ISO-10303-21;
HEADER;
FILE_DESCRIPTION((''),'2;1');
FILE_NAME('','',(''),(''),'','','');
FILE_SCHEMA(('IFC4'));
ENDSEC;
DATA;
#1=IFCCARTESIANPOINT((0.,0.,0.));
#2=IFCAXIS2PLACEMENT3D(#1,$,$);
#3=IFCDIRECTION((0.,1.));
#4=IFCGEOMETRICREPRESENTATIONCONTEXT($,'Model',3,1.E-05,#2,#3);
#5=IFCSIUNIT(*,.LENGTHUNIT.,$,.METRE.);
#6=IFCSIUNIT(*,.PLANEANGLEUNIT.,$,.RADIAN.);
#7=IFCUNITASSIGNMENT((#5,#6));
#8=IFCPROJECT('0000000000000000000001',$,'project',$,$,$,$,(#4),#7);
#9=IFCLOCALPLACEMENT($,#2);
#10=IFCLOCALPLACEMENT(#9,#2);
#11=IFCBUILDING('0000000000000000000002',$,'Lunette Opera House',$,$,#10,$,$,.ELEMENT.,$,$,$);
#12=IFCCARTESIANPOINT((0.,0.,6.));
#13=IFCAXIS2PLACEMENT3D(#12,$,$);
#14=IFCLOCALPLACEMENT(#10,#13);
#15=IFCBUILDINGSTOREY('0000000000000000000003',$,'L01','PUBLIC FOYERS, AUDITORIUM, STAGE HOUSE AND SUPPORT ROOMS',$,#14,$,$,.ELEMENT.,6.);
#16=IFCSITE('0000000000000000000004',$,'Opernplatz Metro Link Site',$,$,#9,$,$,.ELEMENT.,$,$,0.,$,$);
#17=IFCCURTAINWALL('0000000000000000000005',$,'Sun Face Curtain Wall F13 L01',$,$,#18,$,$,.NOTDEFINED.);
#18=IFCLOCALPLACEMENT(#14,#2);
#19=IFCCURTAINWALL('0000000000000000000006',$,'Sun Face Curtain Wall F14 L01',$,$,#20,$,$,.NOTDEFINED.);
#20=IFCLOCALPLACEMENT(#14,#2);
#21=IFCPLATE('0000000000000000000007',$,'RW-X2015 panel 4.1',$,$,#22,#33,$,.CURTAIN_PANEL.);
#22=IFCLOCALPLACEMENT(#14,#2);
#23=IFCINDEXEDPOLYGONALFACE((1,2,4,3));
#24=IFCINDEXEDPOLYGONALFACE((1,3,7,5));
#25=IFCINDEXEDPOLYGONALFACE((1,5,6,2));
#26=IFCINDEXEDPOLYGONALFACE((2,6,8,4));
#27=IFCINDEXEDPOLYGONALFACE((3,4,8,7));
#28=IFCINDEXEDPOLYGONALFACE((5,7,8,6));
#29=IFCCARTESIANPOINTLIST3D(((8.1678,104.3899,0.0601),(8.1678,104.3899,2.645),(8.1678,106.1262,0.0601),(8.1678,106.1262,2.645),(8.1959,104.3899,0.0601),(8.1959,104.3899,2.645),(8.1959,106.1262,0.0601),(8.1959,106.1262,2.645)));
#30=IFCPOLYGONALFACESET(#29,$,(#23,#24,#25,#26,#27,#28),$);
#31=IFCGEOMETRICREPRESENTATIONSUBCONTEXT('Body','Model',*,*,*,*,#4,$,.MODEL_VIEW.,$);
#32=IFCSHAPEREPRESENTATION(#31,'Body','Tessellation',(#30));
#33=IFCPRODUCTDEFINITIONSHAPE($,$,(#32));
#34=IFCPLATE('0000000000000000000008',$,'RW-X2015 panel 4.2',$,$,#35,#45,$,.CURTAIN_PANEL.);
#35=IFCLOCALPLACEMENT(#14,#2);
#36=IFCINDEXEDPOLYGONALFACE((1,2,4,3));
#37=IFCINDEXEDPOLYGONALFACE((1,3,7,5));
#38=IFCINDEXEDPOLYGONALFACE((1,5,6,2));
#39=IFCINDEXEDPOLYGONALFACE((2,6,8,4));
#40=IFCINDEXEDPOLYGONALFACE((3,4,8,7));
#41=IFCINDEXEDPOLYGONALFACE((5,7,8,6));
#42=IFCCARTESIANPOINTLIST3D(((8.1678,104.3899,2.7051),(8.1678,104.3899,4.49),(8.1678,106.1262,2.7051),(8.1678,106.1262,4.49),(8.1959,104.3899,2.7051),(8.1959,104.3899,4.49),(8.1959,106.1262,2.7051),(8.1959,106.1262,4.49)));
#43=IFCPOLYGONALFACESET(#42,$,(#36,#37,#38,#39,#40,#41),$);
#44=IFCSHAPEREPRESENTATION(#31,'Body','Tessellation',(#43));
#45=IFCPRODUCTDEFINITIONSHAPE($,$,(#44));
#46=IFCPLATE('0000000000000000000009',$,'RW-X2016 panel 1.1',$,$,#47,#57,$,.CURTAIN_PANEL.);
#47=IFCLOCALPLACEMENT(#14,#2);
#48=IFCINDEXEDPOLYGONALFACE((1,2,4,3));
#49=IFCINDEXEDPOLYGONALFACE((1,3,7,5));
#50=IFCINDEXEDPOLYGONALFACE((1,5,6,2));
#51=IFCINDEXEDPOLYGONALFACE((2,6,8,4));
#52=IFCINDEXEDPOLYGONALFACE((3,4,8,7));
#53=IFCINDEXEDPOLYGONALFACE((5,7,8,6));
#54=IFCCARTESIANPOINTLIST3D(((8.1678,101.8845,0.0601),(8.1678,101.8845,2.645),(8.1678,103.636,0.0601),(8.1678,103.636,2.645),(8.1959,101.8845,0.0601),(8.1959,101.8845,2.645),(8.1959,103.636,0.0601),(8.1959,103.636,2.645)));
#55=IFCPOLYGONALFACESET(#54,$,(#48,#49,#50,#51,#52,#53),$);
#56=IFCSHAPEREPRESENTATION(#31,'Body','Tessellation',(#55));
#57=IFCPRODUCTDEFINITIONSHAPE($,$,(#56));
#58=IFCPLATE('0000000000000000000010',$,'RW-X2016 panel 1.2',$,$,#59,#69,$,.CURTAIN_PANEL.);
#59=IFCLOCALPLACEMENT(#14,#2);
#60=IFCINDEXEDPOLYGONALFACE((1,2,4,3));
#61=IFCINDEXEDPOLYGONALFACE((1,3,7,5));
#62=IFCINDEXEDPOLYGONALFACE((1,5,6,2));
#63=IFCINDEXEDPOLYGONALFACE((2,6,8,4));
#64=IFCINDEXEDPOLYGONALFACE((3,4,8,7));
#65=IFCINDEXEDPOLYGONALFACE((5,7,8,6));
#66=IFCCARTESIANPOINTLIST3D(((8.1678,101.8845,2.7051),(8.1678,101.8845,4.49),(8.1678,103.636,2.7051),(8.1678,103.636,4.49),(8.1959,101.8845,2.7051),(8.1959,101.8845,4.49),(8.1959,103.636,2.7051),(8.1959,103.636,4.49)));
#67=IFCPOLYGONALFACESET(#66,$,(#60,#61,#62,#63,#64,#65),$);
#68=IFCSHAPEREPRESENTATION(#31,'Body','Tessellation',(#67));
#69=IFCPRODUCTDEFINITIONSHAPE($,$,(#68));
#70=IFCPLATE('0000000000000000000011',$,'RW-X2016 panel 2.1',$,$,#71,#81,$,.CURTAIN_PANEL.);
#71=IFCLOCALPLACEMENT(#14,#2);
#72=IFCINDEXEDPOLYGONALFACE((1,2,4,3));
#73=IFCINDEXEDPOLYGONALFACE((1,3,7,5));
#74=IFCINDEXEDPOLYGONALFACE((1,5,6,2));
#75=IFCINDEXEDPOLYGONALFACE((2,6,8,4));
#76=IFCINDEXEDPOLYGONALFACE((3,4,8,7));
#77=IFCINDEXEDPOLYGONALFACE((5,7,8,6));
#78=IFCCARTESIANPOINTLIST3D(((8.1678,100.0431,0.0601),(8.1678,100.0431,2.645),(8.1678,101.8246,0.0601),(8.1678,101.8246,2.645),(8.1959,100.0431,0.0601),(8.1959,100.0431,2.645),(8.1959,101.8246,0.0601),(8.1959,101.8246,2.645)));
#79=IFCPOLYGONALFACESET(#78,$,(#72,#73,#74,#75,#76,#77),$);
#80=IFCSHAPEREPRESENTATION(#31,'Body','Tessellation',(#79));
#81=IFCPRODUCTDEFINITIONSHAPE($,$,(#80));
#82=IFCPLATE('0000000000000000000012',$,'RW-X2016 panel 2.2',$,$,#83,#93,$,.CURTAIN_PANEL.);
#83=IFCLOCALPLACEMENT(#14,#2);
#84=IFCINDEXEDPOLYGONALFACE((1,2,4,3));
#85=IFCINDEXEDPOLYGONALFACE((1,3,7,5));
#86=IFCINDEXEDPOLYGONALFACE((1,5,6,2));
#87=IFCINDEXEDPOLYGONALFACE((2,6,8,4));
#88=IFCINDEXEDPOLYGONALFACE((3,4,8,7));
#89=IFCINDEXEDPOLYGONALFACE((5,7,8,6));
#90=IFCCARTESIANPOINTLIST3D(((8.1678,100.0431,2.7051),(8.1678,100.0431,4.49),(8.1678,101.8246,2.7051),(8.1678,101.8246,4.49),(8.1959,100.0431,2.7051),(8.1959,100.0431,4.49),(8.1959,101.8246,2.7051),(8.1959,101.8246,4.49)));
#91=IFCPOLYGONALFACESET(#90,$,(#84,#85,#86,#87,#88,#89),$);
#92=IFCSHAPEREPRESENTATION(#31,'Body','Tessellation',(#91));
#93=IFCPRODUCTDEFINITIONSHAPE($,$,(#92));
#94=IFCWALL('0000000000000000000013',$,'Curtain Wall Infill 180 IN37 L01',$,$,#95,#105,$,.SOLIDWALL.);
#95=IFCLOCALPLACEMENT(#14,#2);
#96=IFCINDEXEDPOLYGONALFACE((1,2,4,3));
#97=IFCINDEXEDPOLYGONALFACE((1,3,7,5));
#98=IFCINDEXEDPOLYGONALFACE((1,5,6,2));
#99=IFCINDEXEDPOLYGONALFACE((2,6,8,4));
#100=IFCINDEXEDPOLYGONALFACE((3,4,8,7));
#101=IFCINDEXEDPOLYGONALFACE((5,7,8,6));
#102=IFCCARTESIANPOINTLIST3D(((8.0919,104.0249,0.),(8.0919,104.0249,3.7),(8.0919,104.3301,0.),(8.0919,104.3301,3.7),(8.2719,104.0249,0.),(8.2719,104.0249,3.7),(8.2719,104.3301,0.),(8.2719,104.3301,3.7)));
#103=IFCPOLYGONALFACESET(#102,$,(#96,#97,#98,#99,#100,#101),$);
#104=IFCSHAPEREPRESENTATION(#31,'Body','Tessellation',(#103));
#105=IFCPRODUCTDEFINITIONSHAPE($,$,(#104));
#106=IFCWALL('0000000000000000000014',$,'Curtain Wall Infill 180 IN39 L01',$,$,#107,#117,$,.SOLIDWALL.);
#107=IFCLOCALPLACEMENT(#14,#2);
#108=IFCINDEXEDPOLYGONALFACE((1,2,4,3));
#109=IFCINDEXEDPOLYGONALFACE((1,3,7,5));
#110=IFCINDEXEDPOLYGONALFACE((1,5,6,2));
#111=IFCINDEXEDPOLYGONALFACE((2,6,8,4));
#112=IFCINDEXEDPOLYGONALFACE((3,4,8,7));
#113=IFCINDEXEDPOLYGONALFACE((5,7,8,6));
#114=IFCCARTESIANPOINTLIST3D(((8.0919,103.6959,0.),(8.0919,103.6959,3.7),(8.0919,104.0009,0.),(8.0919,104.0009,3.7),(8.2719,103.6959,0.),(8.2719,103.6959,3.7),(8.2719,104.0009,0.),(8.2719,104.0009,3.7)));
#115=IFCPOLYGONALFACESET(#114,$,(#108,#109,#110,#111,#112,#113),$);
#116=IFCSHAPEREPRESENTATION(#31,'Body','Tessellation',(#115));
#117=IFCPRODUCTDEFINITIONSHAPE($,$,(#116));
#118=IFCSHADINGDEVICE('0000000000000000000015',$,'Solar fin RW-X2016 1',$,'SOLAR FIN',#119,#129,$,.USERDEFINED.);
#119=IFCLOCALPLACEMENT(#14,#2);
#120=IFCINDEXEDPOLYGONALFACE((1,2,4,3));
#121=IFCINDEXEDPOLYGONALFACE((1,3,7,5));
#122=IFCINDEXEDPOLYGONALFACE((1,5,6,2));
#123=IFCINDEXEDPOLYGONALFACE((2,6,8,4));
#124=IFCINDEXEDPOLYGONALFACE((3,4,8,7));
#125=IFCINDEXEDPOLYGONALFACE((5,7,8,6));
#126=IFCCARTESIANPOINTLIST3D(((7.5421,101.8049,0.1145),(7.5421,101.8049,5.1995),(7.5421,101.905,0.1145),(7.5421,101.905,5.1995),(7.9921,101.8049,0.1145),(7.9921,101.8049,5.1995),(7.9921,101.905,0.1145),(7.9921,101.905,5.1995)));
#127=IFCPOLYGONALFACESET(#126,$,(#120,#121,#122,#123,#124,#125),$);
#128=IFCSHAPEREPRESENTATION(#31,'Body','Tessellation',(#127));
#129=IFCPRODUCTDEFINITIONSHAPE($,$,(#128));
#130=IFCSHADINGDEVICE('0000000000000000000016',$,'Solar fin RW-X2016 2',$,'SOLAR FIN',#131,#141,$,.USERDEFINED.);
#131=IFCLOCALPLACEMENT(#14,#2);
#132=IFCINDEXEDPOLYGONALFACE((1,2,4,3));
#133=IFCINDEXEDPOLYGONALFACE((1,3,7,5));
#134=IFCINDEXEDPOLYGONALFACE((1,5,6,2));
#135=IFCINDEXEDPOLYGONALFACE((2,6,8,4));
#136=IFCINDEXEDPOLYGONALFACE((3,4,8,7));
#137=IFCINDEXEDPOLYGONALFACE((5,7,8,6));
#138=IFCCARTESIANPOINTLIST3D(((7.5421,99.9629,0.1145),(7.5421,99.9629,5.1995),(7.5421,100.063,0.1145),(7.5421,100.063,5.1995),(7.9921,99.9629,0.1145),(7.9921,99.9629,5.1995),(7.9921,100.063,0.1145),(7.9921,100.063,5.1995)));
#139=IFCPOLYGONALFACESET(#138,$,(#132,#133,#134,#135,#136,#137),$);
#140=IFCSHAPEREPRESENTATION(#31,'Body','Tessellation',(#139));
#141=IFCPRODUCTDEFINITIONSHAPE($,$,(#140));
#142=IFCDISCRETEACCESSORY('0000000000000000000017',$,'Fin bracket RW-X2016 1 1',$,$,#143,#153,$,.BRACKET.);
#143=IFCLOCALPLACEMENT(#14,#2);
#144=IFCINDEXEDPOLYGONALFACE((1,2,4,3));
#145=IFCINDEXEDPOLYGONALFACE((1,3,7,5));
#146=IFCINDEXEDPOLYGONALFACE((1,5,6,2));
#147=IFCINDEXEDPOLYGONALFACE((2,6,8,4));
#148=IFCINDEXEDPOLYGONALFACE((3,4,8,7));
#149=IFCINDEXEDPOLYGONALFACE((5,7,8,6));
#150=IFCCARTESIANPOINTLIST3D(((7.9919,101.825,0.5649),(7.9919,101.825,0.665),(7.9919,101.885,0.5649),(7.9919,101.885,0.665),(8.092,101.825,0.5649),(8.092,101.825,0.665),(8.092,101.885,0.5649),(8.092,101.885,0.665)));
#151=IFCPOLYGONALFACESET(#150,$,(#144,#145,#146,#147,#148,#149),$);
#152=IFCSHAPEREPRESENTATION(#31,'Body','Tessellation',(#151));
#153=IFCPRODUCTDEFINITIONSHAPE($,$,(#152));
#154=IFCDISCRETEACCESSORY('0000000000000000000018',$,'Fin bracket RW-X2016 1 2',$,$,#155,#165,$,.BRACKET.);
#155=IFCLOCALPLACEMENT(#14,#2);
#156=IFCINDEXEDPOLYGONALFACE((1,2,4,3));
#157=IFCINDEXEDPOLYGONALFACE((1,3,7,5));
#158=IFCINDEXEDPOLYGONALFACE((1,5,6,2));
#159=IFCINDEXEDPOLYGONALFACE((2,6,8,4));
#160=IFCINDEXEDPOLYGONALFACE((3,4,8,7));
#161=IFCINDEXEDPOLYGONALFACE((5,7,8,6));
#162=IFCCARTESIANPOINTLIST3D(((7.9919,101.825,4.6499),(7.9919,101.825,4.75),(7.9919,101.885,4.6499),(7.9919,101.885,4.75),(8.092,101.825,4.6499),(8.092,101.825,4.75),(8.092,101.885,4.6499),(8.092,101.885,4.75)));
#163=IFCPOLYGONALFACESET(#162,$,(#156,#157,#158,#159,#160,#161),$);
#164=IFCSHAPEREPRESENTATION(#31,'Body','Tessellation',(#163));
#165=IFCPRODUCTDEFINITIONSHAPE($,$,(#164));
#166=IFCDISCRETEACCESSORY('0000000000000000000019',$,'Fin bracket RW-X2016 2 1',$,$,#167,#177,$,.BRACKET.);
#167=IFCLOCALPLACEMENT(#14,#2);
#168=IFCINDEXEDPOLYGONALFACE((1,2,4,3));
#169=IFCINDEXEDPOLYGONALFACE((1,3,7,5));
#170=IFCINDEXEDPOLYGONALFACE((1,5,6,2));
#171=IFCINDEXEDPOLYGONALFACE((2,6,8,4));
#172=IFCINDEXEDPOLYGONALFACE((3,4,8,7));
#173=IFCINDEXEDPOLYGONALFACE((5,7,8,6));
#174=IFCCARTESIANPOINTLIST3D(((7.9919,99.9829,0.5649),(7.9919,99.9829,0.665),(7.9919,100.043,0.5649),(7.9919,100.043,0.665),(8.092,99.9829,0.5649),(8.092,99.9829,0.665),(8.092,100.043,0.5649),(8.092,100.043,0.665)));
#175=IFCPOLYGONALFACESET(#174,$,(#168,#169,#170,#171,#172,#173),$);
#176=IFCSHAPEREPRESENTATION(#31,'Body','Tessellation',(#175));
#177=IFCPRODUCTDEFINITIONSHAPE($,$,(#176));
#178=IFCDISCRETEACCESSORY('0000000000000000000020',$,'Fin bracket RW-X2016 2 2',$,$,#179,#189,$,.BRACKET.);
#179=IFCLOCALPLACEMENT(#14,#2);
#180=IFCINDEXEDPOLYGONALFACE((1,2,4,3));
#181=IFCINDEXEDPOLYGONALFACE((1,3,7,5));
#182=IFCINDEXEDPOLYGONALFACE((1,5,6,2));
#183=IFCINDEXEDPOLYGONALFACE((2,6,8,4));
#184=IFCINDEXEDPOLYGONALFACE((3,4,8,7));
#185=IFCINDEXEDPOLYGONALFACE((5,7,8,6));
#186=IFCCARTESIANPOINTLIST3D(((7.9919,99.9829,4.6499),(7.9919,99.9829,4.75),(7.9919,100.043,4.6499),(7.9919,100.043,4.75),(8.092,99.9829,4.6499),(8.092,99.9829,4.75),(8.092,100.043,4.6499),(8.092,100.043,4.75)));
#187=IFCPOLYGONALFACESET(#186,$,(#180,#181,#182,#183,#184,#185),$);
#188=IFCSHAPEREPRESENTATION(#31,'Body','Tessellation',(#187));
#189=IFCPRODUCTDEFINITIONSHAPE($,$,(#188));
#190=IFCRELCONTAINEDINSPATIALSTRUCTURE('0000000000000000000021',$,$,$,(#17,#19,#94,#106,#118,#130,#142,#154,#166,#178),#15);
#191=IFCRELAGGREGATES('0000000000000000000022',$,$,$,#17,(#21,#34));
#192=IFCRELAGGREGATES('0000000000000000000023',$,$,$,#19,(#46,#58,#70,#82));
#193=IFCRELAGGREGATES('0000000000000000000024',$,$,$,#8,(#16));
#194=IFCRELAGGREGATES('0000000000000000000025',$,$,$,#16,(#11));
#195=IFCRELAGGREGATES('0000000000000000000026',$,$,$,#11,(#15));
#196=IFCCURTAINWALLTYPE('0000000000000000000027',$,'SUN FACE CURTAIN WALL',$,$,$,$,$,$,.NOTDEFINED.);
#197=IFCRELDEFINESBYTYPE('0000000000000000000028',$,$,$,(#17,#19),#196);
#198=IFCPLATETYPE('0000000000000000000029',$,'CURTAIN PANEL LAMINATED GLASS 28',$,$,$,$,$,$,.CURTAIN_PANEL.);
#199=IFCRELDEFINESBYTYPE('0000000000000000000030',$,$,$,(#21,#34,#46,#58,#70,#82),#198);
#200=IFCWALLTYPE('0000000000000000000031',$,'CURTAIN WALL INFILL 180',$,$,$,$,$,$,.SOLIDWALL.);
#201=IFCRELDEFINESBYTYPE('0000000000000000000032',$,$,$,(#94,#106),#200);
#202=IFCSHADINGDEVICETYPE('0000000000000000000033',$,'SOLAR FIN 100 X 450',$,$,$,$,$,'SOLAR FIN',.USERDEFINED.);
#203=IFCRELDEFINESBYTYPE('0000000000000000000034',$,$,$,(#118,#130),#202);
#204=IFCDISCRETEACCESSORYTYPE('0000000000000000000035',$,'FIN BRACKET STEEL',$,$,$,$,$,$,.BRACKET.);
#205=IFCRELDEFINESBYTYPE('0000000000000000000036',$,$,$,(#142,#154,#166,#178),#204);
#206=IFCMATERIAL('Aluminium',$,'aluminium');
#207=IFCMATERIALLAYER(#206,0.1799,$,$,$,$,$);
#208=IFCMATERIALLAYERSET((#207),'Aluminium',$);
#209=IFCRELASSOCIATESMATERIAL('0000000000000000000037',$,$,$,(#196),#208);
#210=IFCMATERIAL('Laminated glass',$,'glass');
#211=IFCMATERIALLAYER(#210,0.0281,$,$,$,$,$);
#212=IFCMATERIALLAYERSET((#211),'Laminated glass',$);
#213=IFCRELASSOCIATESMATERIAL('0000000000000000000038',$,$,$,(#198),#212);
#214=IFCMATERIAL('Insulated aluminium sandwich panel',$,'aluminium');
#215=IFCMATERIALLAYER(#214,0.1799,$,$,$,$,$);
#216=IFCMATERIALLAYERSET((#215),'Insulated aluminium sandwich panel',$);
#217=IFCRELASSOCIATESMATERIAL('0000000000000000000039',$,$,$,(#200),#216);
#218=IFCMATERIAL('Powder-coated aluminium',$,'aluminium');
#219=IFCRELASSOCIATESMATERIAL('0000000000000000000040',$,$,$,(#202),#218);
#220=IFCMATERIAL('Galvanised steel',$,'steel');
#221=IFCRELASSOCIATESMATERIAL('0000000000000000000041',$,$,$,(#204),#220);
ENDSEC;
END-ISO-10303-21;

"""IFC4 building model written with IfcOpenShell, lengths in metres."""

from ifc_helpers import new_model, si_unit, direction, frame, frame_2d, origin, origin_2d, place, context, subcontext, project, spatial, rectangle, extrude, material, layer, layer_set, type_object, element, aggregate, save


model = new_model("IFC4")

# Units and contexts
model_context = context("Model", 3, precision=1e-05, world=origin(), true_north=direction((0.0, 1.0)))
body_context = subcontext(model_context, "Body", "Model", "MODEL_VIEW")
ifc_project = project(units=[si_unit("LENGTHUNIT", "METRE"), si_unit("PLANEANGLEUNIT", "RADIAN")], contexts=[model_context])

# Site, building, storey
site_placement = place(None, origin())
site = spatial("IfcSite", under=ifc_project, at=site_placement, Name="Opernplatz Metro Link Site", CompositionType="ELEMENT", RefElevation=0.0)
building_placement = place(site_placement, origin())
building = spatial("IfcBuilding", under=site, at=building_placement, Name="Lunette Opera House", CompositionType="ELEMENT")
storey_placement = place(building_placement, frame((0.0, 0.0, 6.0)))
storey = spatial("IfcBuildingStorey", under=building, at=storey_placement, Name="L01", Description="PUBLIC FOYERS, AUDITORIUM, STAGE HOUSE AND SUPPORT ROOMS", CompositionType="ELEMENT", Elevation=6.0)

# Curtain wall
ifc_material_1 = material(Name="Aluminium", Category="aluminium")
ifc_layer_1 = layer(ifc_material_1, 0.1799)
ifc_layer_set_1 = layer_set([ifc_layer_1], Name="Aluminium")
curtain_wall_type = type_object("IfcCurtainWallType", Name="SUN FACE CURTAIN WALL", PredefinedType="NOTDEFINED", material=ifc_layer_set_1)
curtain_wall_1_placement = place(storey_placement, origin())
curtain_wall_1 = element("IfcCurtainWall", 1, at=curtain_wall_1_placement, inside=storey, type_object=curtain_wall_type, Name="Sun Face Curtain Wall F13 L01", PredefinedType="NOTDEFINED")

# Curtain wall
curtain_wall_2_placement = place(storey_placement, origin())
curtain_wall_2 = element("IfcCurtainWall", 2, at=curtain_wall_2_placement, inside=storey, type_object=curtain_wall_type, Name="Sun Face Curtain Wall F14 L01", PredefinedType="NOTDEFINED")

# Plates
ifc_material_2 = material(Name="Laminated glass", Category="glass")
ifc_layer_2 = layer(ifc_material_2, 0.0281)
ifc_layer_set_2 = layer_set([ifc_layer_2], Name="Laminated glass")
plate_type = type_object("IfcPlateType", Name="CURTAIN PANEL LAMINATED GLASS 28", PredefinedType="CURTAIN_PANEL", material=ifc_layer_set_2)
plate_1_placement = place(storey_placement, frame((8.1819, 105.2581, 0.0601), z_axis=(0.0, 0.0, 1.0), x_axis=(0.0, -1.0, 0.0)))
plate_1 = element("IfcPlate", 3, at=plate_1_placement, type_object=plate_type, Name="RW-X2015 panel 4.1", PredefinedType="CURTAIN_PANEL", context=body_context, shape_type="SweptSolid", body=[
    extrude(rectangle(XDim=1.7363, YDim=0.0281, at=origin_2d()), origin(), (0.0, 0.0, 1.0), 2.585),
])
plate_2_placement = place(storey_placement, frame((8.1819, 105.2581, 2.7051), z_axis=(0.0, 0.0, 1.0), x_axis=(0.0, -1.0, 0.0)))
plate_2 = element("IfcPlate", 4, at=plate_2_placement, type_object=plate_type, Name="RW-X2015 panel 4.2", PredefinedType="CURTAIN_PANEL", context=body_context, shape_type="SweptSolid", body=[
    extrude(rectangle(XDim=1.7363, YDim=0.0281, at=origin_2d()), origin(), (0.0, 0.0, 1.0), 1.7849),
])
aggregate(curtain_wall_1, [plate_1, plate_2])
plate_3_placement = place(storey_placement, frame((8.1819, 102.7603, 0.0601), z_axis=(0.0, 0.0, 1.0), x_axis=(0.0, -1.0, 0.0)))
plate_3 = element("IfcPlate", 5, at=plate_3_placement, type_object=plate_type, Name="RW-X2016 panel 1.1", PredefinedType="CURTAIN_PANEL", context=body_context, shape_type="SweptSolid", body=[
    extrude(rectangle(XDim=1.7515, YDim=0.0281, at=origin_2d()), origin(), (0.0, 0.0, 1.0), 2.585),
])
plate_4_placement = place(storey_placement, frame((8.1819, 102.7603, 2.7051), z_axis=(0.0, 0.0, 1.0), x_axis=(0.0, -1.0, 0.0)))
plate_4 = element("IfcPlate", 6, at=plate_4_placement, type_object=plate_type, Name="RW-X2016 panel 1.2", PredefinedType="CURTAIN_PANEL", context=body_context, shape_type="SweptSolid", body=[
    extrude(rectangle(XDim=1.7515, YDim=0.0281, at=origin_2d()), origin(), (0.0, 0.0, 1.0), 1.7849),
])
plate_5_placement = place(storey_placement, frame((8.1819, 100.9338, 0.0601), z_axis=(0.0, 0.0, 1.0), x_axis=(0.0, -1.0, 0.0)))
plate_5 = element("IfcPlate", 7, at=plate_5_placement, type_object=plate_type, Name="RW-X2016 panel 2.1", PredefinedType="CURTAIN_PANEL", context=body_context, shape_type="SweptSolid", body=[
    extrude(rectangle(XDim=1.7815, YDim=0.0281, at=origin_2d()), origin(), (0.0, 0.0, 1.0), 2.585),
])
plate_6_placement = place(storey_placement, frame((8.1819, 100.9338, 2.7051), z_axis=(0.0, 0.0, 1.0), x_axis=(0.0, -1.0, 0.0)))
plate_6 = element("IfcPlate", 8, at=plate_6_placement, type_object=plate_type, Name="RW-X2016 panel 2.2", PredefinedType="CURTAIN_PANEL", context=body_context, shape_type="SweptSolid", body=[
    extrude(rectangle(XDim=1.7815, YDim=0.0281, at=origin_2d()), origin(), (0.0, 0.0, 1.0), 1.7849),
])
aggregate(curtain_wall_2, [plate_3, plate_4, plate_5, plate_6])

# Walls
ifc_material_3 = material(Name="Insulated aluminium sandwich panel", Category="aluminium")
ifc_layer_3 = layer(ifc_material_3, 0.1799)
ifc_layer_set_3 = layer_set([ifc_layer_3], Name="Insulated aluminium sandwich panel")
wall_type = type_object("IfcWallType", Name="CURTAIN WALL INFILL 180", PredefinedType="SOLIDWALL", material=ifc_layer_set_3)
wall_1_placement = place(storey_placement, frame((8.1819, 104.3301, 0.0), z_axis=(0.0, 0.0, 1.0), x_axis=(0.0, -1.0, 0.0)))
element("IfcWall", 9, at=wall_1_placement, inside=storey, type_object=wall_type, Name="Curtain Wall Infill 180 IN37 L01", PredefinedType="SOLIDWALL", context=body_context, shape_type="SweptSolid", body=[
    extrude(rectangle(XDim=0.3052, YDim=0.1799, at=frame_2d((0.1526, 0.0))), origin(), (0.0, 0.0, 1.0), 3.7),
])
wall_2_placement = place(storey_placement, frame((8.1819, 103.696, 0.0), z_axis=(0.0, 0.0, 1.0), x_axis=(0.0, 1.0, 0.0)))
element("IfcWall", 10, at=wall_2_placement, inside=storey, type_object=wall_type, Name="Curtain Wall Infill 180 IN39 L01", PredefinedType="SOLIDWALL", context=body_context, shape_type="SweptSolid", body=[
    extrude(rectangle(XDim=0.3049, YDim=0.1799, at=frame_2d((0.1523, 0.0))), origin(), (0.0, 0.0, 1.0), 3.7),
])

# Shading devices
ifc_material_4 = material(Name="Powder-coated aluminium", Category="aluminium")
shading_device_type = type_object("IfcShadingDeviceType", Name="SOLAR FIN 100 X 450", ElementType="SOLAR FIN", PredefinedType="USERDEFINED", material=ifc_material_4)
for number, where, z_axis, x_axis, name in (
    (11, (7.7671, 101.855, 0.1145), (0.0, 0.0, 1.0), (-1.0, 0.0, 0.0), "Solar fin RW-X2016 1"),
    (12, (7.7671, 100.0129, 0.1145), (0.0, 0.0, 1.0), (-1.0, 0.0, 0.0), "Solar fin RW-X2016 2"),
):
    element("IfcShadingDevice", number, at=place(storey_placement, frame(where, z_axis=z_axis, x_axis=x_axis)), inside=storey, type_object=shading_device_type, Name=name, ObjectType="SOLAR FIN", PredefinedType="USERDEFINED", context=body_context, shape_type="SweptSolid", body=[
        extrude(rectangle(XDim=0.45, YDim=0.1001, at=origin_2d()), origin(), (0.0, 0.0, 1.0), 5.085),
    ])

# Discrete accessories
ifc_material_5 = material(Name="Galvanised steel", Category="steel")
discrete_accessory_type = type_object("IfcDiscreteAccessoryType", Name="FIN BRACKET STEEL", PredefinedType="BRACKET", material=ifc_material_5)
for number, where, z_axis, x_axis, name in (
    (13, (8.042, 101.855, 0.5649), (0.0, 0.0, 1.0), (-1.0, 0.0, 0.0), "Fin bracket RW-X2016 1 1"),
    (14, (8.042, 101.855, 4.6499), (0.0, 0.0, 1.0), (-1.0, 0.0, 0.0), "Fin bracket RW-X2016 1 2"),
    (15, (8.042, 100.0129, 0.5649), (0.0, 0.0, 1.0), (-1.0, 0.0, 0.0), "Fin bracket RW-X2016 2 1"),
    (16, (8.042, 100.0129, 4.6499), (0.0, 0.0, 1.0), (-1.0, 0.0, 0.0), "Fin bracket RW-X2016 2 2"),
):
    element("IfcDiscreteAccessory", number, at=place(storey_placement, frame(where, z_axis=z_axis, x_axis=x_axis)), inside=storey, type_object=discrete_accessory_type, Name=name, PredefinedType="BRACKET", context=body_context, shape_type="SweptSolid", body=[
        extrude(rectangle(XDim=0.1001, YDim=0.0601, at=origin_2d()), origin(), (0.0, 0.0, 1.0), 0.1001),
    ])

save(model, "model.ifc")
